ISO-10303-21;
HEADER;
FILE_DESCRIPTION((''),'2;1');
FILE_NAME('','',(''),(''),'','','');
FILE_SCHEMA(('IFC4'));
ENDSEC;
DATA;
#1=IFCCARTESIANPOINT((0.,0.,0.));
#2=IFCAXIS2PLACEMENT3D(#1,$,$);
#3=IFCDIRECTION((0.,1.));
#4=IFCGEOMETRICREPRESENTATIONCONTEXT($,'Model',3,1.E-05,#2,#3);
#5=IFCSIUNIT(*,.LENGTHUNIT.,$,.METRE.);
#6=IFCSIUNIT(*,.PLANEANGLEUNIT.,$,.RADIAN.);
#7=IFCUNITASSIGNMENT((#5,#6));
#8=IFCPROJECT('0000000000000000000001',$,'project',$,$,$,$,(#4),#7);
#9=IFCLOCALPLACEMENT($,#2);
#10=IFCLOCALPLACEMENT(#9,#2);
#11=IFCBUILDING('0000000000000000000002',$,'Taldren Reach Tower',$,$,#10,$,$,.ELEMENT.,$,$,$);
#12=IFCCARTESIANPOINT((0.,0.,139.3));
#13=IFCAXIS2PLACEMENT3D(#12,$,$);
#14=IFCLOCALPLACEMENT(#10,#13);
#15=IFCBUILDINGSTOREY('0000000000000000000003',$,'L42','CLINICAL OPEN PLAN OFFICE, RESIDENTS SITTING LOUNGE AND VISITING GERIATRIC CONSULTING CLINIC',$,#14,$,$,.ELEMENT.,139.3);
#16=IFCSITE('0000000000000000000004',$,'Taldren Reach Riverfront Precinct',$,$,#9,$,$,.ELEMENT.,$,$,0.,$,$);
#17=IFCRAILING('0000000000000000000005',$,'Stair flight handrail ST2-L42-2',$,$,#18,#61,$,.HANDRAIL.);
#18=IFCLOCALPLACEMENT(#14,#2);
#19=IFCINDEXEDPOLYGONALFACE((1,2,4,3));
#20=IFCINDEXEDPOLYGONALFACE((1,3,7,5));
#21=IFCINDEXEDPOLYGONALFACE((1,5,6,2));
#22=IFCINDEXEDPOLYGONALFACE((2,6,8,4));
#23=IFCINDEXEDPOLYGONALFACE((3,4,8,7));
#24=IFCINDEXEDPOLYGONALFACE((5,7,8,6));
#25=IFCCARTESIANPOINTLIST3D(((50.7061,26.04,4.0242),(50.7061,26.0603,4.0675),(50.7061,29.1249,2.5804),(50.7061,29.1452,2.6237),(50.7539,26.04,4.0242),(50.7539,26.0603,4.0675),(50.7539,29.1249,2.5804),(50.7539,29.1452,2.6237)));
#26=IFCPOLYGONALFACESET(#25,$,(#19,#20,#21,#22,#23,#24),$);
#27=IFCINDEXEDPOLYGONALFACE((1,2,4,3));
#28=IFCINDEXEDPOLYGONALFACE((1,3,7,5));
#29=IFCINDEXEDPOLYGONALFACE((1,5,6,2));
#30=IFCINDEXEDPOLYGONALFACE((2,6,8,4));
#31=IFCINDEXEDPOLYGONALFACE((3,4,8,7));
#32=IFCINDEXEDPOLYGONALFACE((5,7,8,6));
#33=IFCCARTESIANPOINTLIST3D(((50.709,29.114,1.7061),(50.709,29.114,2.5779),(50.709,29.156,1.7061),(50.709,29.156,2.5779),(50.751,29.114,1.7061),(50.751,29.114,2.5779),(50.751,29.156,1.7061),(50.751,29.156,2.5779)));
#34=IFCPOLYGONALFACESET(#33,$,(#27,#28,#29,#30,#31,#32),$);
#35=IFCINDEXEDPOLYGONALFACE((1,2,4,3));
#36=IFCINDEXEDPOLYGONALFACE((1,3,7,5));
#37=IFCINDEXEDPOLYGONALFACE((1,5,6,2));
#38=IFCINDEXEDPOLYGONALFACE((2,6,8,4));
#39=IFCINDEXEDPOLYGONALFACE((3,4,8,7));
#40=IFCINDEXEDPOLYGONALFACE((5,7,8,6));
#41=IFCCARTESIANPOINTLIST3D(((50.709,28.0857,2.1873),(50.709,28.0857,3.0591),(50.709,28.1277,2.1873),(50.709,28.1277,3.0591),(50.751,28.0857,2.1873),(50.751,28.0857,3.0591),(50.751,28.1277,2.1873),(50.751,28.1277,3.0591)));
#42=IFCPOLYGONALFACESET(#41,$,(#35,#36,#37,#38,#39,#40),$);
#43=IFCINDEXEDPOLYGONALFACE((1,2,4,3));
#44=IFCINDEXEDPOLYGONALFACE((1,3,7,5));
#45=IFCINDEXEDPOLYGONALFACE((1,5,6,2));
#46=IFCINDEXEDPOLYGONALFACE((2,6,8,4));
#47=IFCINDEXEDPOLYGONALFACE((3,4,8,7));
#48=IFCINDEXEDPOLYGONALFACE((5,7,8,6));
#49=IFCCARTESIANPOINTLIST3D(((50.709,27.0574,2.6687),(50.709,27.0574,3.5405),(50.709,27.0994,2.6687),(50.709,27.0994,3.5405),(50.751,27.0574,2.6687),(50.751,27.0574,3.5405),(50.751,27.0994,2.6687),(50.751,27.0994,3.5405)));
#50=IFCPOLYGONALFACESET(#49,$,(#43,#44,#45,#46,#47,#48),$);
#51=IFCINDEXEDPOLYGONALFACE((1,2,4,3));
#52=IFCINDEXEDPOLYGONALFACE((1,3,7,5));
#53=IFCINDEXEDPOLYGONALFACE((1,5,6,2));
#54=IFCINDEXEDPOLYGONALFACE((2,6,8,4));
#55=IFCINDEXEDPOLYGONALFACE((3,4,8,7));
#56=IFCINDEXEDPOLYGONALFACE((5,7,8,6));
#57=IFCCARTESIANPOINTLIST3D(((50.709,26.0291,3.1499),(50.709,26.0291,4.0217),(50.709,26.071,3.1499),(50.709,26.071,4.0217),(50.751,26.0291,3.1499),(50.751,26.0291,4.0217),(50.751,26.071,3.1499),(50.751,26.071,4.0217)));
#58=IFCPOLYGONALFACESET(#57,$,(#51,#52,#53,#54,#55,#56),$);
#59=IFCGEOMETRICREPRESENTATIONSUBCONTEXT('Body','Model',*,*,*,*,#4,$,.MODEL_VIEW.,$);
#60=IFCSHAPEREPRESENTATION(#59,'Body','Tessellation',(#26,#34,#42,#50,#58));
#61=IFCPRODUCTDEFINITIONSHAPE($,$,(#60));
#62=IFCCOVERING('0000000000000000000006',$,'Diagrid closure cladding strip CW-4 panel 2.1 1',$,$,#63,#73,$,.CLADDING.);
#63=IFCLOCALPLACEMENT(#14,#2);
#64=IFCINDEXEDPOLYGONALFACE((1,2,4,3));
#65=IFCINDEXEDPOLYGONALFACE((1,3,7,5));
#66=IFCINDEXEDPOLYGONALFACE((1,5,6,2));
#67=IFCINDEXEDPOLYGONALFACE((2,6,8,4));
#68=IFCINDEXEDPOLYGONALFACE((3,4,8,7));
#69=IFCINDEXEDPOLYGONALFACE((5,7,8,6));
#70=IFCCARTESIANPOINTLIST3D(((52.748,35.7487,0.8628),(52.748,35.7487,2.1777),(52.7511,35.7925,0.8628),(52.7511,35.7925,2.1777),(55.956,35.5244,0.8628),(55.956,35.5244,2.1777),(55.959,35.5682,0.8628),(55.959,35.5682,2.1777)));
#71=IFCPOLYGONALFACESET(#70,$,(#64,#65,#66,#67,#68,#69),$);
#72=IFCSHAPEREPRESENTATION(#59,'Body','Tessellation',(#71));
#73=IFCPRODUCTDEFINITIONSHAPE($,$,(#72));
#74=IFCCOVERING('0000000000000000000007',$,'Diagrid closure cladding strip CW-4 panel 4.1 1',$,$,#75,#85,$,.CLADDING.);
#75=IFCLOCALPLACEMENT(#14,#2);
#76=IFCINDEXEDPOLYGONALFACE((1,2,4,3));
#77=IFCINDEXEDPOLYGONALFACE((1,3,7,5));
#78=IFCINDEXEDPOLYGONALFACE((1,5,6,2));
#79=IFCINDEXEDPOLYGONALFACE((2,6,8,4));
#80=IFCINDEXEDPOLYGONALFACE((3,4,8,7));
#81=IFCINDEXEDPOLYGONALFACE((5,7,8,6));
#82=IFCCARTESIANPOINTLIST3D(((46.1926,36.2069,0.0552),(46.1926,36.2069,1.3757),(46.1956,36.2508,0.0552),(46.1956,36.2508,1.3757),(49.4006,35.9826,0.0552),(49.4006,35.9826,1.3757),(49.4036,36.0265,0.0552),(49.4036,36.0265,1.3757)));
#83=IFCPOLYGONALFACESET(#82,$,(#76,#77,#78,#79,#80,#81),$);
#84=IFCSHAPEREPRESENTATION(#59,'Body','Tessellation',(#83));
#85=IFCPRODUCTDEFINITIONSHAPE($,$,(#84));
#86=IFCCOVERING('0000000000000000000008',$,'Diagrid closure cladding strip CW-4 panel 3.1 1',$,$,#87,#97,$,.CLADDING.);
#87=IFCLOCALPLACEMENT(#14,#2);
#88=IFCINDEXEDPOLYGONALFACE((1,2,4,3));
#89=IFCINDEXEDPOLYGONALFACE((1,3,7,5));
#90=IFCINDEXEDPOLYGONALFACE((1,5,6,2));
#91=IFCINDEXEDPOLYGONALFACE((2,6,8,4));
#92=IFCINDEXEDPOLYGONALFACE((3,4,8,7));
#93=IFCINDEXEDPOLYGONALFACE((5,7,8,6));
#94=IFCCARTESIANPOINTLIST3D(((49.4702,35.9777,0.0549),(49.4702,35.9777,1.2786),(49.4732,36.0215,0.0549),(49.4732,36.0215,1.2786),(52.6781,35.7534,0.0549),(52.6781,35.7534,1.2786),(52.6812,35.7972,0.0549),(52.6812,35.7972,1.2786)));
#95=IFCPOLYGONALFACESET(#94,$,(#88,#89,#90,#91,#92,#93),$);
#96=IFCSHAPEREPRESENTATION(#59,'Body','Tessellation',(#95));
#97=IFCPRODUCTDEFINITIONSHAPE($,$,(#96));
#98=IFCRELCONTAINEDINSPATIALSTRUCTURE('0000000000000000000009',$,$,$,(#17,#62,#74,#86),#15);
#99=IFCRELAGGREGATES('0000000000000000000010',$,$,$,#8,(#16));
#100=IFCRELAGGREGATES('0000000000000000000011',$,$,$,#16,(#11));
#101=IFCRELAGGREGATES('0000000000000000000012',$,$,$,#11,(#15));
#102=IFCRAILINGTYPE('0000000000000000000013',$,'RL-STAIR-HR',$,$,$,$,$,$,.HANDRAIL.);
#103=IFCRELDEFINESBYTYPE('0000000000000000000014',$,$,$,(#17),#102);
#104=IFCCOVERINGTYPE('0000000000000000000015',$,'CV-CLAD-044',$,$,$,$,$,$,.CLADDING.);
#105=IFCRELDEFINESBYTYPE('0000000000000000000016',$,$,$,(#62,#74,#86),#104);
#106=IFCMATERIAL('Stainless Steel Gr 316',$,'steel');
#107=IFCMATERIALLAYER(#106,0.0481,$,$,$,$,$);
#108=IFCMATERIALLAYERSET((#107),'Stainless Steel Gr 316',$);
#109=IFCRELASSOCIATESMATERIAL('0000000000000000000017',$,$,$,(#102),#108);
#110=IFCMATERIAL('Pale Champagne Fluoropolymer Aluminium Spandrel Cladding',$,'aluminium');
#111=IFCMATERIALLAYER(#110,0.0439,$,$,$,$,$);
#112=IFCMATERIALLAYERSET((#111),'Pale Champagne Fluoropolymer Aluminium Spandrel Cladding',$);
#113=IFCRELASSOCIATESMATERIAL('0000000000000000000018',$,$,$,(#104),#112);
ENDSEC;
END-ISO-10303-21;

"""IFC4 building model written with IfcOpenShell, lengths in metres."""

from ifc_helpers import new_model, si_unit, direction, frame, origin, origin_2d, place, context, subcontext, project, spatial, rectangle, extrude, source, transform, mapped, material, layer, layer_set, type_object, element, save


model = new_model("IFC4")

# Units and contexts
model_context = context("Model", 3, precision=1e-05, world=origin(), true_north=direction((0.0, 1.0)))
body_context = subcontext(model_context, "Body", "Model", "MODEL_VIEW")
ifc_project = project(units=[si_unit("LENGTHUNIT", "METRE"), si_unit("PLANEANGLEUNIT", "RADIAN")], contexts=[model_context])

# Site, building, storey
site_placement = place(None, origin())
site = spatial("IfcSite", under=ifc_project, at=site_placement, Name="Taldren Reach Riverfront Precinct", CompositionType="ELEMENT", RefElevation=0.0)
building_placement = place(site_placement, origin())
building = spatial("IfcBuilding", under=site, at=building_placement, Name="Taldren Reach Tower", CompositionType="ELEMENT")
storey_placement = place(building_placement, frame((0.0, 0.0, 139.3)))
storey = spatial("IfcBuildingStorey", under=building, at=storey_placement, Name="L42", Description="CLINICAL OPEN PLAN OFFICE, RESIDENTS SITTING LOUNGE AND VISITING GERIATRIC CONSULTING CLINIC", CompositionType="ELEMENT", Elevation=139.3)

# Railing
ifc_material_1 = material(Name="Stainless Steel Gr 316", Category="steel")
ifc_layer_1 = layer(ifc_material_1, 0.0481)
ifc_layer_set_1 = layer_set([ifc_layer_1], Name="Stainless Steel Gr 316")
railing_type_1 = type_object("IfcRailingType", Name="RL-STAIR-HR", PredefinedType="HANDRAIL", material=ifc_layer_set_1)
railing_1_placement = place(storey_placement, frame((50.73, 29.135, 1.7061)))
element("IfcRailing", 1, at=railing_1_placement, inside=storey, type_object=railing_type_1, Name="Stair flight handrail ST2-L42-2", PredefinedType="HANDRAIL", context=body_context, shape_type="SweptSolid", body=[
    extrude(rectangle(XDim=0.0479, YDim=0.0479, at=origin_2d()), frame((0.0, 0.0, 0.896), z_axis=(0.0, -0.90571, 0.423898), x_axis=(1.0, 0.0, 0.0)), (0.0, 0.0, 1.0), 3.406),
    extrude(rectangle(XDim=0.042, YDim=0.042, at=origin_2d()), origin(), (0.0, 0.0, 1.0), 0.8718),
    extrude(rectangle(XDim=0.042, YDim=0.042, at=origin_2d()), frame((0.0, -1.0283, 0.4812)), (0.0, 0.0, 1.0), 0.8718),
    extrude(rectangle(XDim=0.042, YDim=0.042, at=origin_2d()), frame((0.0, -2.0566, 0.9626)), (0.0, 0.0, 1.0), 0.8718),
    extrude(rectangle(XDim=0.042, YDim=0.042, at=origin_2d()), frame((0.0, -3.085, 1.4438)), (0.0, 0.0, 1.0), 0.8718),
])

# Coverings
ifc_material_2 = material(Name="Pale Champagne Fluoropolymer Aluminium Spandrel Cladding", Category="aluminium")
ifc_layer_2 = layer(ifc_material_2, 0.0439)
ifc_layer_set_2 = layer_set([ifc_layer_2], Name="Pale Champagne Fluoropolymer Aluminium Spandrel Cladding")
covering_type = type_object("IfcCoveringType", Name="CV-CLAD-044", PredefinedType="CLADDING", material=ifc_layer_set_2)
shared_shape_1 = source(origin(), body_context, "Body", "SweptSolid", [
    extrude(rectangle(XDim=3.2158, YDim=0.0439, at=origin_2d()), origin(), (0.0, 0.0, 1.0), 1.3149),
])
covering_1_placement = place(storey_placement, frame((54.3535, 35.6584, 0.8628), z_axis=(0.0, 0.0, 1.0), x_axis=(-0.997564, 0.069757, 0.0)))
element("IfcCovering", 2, at=covering_1_placement, inside=storey, type_object=covering_type, Name="Diagrid closure cladding strip CW-4 panel 2.1 1", PredefinedType="CLADDING", context=body_context, shape_type="MappedRepresentation", body=[
    mapped(shared_shape_1, transform((0.0, 0.0, 0.0), scale=1.0)),
])
shared_shape_2 = source(origin(), body_context, "Body", "SweptSolid", [
    extrude(rectangle(XDim=3.2158, YDim=0.0439, at=origin_2d()), origin(), (0.0, 0.0, 1.0), 1.3206),
])
covering_2_placement = place(storey_placement, frame((47.7981, 36.1167, 0.0552), z_axis=(0.0, 0.0, 1.0), x_axis=(-0.997564, 0.069757, 0.0)))
element("IfcCovering", 3, at=covering_2_placement, inside=storey, type_object=covering_type, Name="Diagrid closure cladding strip CW-4 panel 4.1 1", PredefinedType="CLADDING", context=body_context, shape_type="MappedRepresentation", body=[
    mapped(shared_shape_2, transform((0.0, 0.0, 0.0), scale=1.0)),
])
shared_shape_3 = source(origin(), body_context, "Body", "SweptSolid", [
    extrude(rectangle(XDim=3.2158, YDim=0.0439, at=origin_2d()), origin(), (0.0, 0.0, 1.0), 1.2236),
])
covering_3_placement = place(storey_placement, frame((51.0757, 35.8875, 0.0549), z_axis=(0.0, 0.0, 1.0), x_axis=(-0.997564, 0.069757, 0.0)))
element("IfcCovering", 4, at=covering_3_placement, inside=storey, type_object=covering_type, Name="Diagrid closure cladding strip CW-4 panel 3.1 1", PredefinedType="CLADDING", context=body_context, shape_type="MappedRepresentation", body=[
    mapped(shared_shape_3, transform((0.0, 0.0, 0.0), scale=1.0)),
])

save(model, "model.ifc")
